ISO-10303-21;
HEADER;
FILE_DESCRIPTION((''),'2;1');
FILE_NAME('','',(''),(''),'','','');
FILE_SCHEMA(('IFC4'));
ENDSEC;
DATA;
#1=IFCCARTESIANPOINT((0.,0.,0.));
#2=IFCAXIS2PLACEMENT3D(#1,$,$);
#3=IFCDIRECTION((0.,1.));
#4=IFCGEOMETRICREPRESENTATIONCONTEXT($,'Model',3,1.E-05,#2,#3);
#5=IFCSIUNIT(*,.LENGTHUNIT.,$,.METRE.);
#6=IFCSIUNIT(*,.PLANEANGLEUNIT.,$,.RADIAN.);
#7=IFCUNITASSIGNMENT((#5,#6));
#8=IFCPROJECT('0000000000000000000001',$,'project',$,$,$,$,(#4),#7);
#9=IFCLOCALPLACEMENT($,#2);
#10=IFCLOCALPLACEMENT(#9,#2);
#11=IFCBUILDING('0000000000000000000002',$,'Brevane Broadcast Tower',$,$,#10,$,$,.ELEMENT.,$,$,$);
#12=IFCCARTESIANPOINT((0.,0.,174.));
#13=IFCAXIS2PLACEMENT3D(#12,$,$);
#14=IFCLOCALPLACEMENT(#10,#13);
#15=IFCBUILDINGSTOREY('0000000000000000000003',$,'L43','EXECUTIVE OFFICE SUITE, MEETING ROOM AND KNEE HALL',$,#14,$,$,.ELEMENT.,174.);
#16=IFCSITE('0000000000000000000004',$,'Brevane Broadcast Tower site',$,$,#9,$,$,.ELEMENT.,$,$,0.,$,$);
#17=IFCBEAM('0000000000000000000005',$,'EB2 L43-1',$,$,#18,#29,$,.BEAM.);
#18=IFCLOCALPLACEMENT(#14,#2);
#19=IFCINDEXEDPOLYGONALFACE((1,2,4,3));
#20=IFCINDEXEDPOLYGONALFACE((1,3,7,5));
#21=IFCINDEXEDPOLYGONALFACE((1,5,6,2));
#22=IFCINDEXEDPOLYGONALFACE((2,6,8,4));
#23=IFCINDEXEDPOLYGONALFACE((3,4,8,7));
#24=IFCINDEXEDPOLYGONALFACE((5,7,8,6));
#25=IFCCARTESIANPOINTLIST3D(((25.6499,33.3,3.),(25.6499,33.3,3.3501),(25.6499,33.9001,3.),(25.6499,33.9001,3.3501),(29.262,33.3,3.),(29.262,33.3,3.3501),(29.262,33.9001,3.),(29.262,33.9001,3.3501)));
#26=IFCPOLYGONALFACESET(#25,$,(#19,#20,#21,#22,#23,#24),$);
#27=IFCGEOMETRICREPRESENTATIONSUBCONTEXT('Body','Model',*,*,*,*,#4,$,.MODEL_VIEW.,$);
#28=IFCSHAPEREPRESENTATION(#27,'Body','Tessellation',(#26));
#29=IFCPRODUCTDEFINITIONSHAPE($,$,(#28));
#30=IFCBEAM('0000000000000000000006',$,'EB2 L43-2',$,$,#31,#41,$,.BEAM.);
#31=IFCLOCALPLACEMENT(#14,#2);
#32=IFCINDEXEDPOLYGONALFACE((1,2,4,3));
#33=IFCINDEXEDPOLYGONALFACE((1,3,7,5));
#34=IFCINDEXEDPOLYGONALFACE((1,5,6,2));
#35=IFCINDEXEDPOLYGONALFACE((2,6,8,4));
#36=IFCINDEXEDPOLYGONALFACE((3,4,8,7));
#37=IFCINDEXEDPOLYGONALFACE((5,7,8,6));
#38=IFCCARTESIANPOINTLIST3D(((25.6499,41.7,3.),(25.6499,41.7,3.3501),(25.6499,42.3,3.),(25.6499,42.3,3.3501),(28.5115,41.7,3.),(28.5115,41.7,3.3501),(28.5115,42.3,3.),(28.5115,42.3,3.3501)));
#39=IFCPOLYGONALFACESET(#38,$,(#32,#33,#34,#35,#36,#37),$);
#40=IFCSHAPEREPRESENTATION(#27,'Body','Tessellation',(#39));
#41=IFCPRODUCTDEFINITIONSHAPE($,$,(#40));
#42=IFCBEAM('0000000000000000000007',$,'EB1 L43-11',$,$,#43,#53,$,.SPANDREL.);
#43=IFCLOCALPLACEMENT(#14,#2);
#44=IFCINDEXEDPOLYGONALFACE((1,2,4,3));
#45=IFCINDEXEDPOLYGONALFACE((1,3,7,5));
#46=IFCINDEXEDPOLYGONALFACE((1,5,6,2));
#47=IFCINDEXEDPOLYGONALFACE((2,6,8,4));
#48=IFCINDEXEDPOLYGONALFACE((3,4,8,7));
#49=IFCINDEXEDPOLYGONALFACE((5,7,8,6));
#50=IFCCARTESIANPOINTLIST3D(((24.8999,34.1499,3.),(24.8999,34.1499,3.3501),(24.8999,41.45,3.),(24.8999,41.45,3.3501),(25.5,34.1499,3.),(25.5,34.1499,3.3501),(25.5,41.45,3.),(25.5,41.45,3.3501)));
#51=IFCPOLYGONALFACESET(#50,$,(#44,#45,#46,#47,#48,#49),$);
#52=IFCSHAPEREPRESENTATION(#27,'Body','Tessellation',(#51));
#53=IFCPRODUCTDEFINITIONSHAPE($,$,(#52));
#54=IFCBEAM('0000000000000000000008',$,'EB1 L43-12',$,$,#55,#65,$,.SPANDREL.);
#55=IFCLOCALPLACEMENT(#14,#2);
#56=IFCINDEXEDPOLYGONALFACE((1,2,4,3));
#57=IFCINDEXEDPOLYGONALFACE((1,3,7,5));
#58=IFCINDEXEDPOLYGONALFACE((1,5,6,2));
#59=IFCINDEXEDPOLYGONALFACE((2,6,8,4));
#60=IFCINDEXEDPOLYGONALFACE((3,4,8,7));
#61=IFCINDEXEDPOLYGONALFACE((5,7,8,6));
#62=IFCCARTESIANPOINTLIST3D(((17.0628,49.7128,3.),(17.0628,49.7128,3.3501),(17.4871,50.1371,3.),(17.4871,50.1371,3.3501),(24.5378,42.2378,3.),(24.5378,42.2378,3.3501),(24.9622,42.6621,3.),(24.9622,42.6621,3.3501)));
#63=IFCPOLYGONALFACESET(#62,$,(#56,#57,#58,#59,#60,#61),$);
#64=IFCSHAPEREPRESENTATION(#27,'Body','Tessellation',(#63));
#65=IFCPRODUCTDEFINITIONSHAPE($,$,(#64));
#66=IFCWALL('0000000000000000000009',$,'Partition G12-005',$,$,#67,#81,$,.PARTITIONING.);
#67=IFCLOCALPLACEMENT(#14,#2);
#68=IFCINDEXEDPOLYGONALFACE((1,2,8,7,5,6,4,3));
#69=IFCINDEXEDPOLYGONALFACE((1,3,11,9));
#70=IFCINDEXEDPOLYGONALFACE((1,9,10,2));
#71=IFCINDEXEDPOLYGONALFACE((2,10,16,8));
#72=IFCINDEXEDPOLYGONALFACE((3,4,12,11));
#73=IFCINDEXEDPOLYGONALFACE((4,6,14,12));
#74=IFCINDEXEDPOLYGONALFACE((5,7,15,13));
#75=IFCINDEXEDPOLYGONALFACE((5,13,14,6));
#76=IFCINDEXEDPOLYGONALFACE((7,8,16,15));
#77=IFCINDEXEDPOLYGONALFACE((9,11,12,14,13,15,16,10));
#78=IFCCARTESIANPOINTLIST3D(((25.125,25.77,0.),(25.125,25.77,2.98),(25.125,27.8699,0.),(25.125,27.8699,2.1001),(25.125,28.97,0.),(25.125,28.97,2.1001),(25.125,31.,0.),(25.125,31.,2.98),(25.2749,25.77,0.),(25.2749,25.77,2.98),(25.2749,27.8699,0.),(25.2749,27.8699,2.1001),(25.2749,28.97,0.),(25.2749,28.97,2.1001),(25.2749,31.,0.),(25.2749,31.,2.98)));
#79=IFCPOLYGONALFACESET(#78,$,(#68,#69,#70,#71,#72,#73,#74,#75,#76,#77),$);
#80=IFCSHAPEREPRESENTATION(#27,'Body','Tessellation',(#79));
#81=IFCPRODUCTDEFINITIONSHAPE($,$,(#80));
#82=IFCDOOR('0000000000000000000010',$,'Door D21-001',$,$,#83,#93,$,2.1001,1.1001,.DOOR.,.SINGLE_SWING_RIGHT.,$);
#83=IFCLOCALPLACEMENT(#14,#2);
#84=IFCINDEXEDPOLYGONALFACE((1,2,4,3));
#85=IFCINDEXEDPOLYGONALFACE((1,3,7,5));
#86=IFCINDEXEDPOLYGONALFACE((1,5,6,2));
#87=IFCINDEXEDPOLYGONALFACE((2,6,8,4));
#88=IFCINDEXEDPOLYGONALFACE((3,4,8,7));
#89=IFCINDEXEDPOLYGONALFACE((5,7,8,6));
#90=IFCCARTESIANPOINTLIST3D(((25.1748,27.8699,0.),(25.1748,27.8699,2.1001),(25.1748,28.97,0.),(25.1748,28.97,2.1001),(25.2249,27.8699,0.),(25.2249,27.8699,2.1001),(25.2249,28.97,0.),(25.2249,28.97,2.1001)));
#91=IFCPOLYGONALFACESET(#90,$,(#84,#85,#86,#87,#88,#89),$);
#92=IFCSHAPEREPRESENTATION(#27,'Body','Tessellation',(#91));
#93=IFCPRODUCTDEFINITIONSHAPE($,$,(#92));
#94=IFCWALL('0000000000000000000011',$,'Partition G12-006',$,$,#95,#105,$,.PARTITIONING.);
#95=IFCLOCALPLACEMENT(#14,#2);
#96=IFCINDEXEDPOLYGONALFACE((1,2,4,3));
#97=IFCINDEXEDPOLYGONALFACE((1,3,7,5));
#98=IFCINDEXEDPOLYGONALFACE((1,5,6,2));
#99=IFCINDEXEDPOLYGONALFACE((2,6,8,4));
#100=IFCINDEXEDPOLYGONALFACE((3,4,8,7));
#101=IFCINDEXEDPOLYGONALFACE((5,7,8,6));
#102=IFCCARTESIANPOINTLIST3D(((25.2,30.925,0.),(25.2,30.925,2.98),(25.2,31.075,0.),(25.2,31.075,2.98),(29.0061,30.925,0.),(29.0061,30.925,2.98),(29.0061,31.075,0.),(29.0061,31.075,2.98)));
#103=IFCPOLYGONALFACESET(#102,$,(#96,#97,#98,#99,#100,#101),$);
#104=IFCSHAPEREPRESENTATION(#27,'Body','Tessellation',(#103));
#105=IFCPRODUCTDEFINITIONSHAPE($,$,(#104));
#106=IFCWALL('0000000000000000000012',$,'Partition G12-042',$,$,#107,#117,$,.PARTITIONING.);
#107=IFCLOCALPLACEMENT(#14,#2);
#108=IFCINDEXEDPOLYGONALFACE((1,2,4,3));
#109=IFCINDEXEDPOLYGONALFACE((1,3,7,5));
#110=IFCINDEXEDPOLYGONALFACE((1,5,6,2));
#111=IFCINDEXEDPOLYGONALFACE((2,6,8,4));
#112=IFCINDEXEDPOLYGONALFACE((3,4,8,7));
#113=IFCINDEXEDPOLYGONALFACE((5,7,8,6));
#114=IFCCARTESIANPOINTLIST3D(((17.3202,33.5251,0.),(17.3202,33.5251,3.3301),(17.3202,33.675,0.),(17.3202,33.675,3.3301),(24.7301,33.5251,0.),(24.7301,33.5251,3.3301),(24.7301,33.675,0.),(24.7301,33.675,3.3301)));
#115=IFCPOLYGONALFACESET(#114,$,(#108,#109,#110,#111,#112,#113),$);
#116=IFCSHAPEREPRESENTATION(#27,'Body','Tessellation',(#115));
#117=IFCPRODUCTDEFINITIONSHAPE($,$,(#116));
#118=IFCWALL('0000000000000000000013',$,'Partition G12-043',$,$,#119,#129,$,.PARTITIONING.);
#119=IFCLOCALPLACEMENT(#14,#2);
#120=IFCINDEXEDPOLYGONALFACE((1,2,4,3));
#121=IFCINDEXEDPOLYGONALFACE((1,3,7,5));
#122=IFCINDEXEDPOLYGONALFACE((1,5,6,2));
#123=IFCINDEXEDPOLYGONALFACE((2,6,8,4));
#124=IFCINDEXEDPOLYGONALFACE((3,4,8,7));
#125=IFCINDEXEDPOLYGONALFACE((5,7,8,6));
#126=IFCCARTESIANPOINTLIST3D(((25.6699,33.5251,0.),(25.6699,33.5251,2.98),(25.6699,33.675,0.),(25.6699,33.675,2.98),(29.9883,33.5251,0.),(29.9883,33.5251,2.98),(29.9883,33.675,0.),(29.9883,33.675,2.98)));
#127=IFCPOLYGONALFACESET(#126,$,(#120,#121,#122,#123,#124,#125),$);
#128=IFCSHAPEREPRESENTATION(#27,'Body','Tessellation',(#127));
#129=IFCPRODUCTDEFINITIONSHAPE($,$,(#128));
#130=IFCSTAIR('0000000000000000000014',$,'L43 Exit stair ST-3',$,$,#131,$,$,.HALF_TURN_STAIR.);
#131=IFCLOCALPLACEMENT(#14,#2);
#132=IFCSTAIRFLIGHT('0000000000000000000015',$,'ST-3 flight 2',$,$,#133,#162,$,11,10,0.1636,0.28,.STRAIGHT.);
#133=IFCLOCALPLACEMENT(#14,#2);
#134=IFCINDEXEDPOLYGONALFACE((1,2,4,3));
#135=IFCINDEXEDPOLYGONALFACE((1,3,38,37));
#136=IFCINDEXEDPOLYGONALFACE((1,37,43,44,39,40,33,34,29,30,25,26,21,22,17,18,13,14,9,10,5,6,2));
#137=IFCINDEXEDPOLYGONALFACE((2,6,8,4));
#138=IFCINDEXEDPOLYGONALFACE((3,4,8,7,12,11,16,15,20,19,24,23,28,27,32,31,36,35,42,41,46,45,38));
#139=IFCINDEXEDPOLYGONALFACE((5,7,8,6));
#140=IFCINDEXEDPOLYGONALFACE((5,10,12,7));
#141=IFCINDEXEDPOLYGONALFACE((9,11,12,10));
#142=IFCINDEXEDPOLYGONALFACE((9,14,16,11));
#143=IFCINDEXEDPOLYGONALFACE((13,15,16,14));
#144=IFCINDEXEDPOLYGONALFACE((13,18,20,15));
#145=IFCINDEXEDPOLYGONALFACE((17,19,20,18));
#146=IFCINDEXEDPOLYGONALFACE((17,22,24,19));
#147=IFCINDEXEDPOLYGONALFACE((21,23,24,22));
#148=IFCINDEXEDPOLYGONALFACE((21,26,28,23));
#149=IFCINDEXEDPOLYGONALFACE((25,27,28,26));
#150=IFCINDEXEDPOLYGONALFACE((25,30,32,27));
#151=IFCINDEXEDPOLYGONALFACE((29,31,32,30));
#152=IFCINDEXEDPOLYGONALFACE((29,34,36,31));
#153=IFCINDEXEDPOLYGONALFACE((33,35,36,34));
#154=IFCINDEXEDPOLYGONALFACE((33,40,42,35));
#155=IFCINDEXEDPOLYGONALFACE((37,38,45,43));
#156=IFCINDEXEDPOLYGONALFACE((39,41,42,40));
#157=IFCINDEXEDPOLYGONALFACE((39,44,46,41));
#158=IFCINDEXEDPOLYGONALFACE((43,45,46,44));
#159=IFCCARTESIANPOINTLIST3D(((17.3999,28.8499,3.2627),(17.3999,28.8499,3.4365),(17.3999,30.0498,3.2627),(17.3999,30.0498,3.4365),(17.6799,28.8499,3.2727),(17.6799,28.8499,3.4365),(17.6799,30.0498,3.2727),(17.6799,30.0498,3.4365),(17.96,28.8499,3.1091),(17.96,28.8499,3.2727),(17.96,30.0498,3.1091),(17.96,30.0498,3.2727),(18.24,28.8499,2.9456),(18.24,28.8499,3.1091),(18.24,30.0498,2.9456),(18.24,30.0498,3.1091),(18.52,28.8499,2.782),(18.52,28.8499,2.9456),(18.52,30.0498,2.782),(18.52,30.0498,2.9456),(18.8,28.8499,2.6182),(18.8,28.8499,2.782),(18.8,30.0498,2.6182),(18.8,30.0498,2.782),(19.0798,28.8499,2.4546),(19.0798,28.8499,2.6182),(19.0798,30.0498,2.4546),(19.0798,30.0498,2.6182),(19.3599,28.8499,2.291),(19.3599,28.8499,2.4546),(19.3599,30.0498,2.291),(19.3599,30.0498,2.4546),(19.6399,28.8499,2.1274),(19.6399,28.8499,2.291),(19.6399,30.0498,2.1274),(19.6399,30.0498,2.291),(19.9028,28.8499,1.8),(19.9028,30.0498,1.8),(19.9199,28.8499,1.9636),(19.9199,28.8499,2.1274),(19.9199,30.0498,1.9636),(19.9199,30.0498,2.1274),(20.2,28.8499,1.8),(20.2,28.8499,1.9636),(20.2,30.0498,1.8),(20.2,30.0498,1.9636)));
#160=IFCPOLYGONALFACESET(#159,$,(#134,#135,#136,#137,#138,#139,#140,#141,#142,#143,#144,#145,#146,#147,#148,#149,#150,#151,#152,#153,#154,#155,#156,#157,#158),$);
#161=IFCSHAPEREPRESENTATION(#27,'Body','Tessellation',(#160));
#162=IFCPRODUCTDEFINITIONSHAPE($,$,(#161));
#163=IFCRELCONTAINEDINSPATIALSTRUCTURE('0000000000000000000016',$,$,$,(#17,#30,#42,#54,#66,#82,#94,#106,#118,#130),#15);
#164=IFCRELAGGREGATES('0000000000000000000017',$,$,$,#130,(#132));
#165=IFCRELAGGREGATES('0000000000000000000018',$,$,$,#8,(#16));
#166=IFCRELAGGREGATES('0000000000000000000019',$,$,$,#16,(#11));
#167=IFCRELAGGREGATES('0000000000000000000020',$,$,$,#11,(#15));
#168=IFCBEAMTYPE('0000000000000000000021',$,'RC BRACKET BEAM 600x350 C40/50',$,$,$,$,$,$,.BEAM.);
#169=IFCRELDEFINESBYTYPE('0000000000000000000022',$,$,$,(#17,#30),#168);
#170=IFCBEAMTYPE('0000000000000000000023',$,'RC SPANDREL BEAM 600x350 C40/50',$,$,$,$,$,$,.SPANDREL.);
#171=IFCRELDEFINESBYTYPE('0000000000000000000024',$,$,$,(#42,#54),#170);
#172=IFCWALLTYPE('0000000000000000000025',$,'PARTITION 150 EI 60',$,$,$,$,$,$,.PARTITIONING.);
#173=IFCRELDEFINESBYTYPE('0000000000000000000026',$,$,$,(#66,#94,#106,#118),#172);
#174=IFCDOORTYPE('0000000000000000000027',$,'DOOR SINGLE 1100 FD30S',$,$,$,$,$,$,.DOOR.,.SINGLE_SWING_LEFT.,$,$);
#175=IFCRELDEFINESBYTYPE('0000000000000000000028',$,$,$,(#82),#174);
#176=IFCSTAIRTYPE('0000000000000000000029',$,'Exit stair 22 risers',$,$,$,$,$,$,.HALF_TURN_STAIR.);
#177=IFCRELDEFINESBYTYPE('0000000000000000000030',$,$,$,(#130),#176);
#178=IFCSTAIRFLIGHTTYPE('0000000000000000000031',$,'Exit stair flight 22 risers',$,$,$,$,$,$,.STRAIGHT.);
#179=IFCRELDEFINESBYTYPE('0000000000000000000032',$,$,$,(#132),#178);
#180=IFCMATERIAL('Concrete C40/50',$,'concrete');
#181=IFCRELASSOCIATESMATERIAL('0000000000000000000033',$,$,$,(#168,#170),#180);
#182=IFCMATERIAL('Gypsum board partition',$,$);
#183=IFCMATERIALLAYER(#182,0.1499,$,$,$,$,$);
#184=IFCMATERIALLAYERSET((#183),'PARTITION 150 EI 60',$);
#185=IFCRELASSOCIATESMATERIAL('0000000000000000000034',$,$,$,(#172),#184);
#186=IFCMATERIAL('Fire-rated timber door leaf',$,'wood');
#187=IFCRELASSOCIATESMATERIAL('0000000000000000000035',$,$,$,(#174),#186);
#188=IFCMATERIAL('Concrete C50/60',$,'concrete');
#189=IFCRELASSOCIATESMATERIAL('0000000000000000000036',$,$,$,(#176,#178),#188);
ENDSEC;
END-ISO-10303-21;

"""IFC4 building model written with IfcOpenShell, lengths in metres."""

from ifc_helpers import new_model, si_unit, direction, frame, frame_2d, origin, origin_2d, place, context, subcontext, project, spatial, polyline, rectangle, outline, extrude, material, layer, layer_set, material_profile, profile_set, type_object, element, fill, aggregate, save


model = new_model("IFC4")

# Units and contexts
model_context = context("Model", 3, precision=1e-05, world=origin(), true_north=direction((0.0, 1.0)))
body_context = subcontext(model_context, "Body", "Model", "MODEL_VIEW")
ifc_project = project(units=[si_unit("LENGTHUNIT", "METRE"), si_unit("PLANEANGLEUNIT", "RADIAN")], contexts=[model_context])

# Site, building, storey
site_placement = place(None, origin())
site = spatial("IfcSite", under=ifc_project, at=site_placement, Name="Brevane Broadcast Tower site", CompositionType="ELEMENT", RefElevation=0.0)
building_placement = place(site_placement, origin())
building = spatial("IfcBuilding", under=site, at=building_placement, Name="Brevane Broadcast Tower", CompositionType="ELEMENT")
storey_placement = place(building_placement, frame((0.0, 0.0, 174.0)))
storey = spatial("IfcBuildingStorey", under=building, at=storey_placement, Name="L43", Description="EXECUTIVE OFFICE SUITE, MEETING ROOM AND KNEE HALL", CompositionType="ELEMENT", Elevation=174.0)

# Beams
ifc_material_1 = material(Name="Concrete C40/50", Category="concrete")
ifc_material_profile_1 = material_profile(ifc_material_1, rectangle(XDim=0.6001, YDim=0.3501, at=origin_2d()), Name="RC 600x350")
ifc_profile_set_1 = profile_set([ifc_material_profile_1], Name="Concrete C40/50")
beam_type_1 = type_object("IfcBeamType", Name="RC BRACKET BEAM 600x350 C40/50", PredefinedType="BEAM", material=ifc_profile_set_1)
beam_1_placement = place(storey_placement, frame((25.6499, 33.6001, 3.175), z_axis=(1.0, 0.0, 0.0), x_axis=(0.0, 1.0, 0.0)))
element("IfcBeam", 1, at=beam_1_placement, inside=storey, type_object=beam_type_1, Name="EB2 L43-1", PredefinedType="BEAM", context=body_context, shape_type="SweptSolid", body=[
    extrude(rectangle(XDim=0.6001, YDim=0.3501, at=origin_2d()), origin(), (0.0, 0.0, 1.0), 3.6121),
])
beam_2_placement = place(storey_placement, frame((25.6499, 42.0, 3.175), z_axis=(1.0, 0.0, 0.0), x_axis=(0.0, 1.0, 0.0)))
element("IfcBeam", 2, at=beam_2_placement, inside=storey, type_object=beam_type_1, Name="EB2 L43-2", PredefinedType="BEAM", context=body_context, shape_type="SweptSolid", body=[
    extrude(rectangle(XDim=0.6001, YDim=0.3501, at=origin_2d()), origin(), (0.0, 0.0, 1.0), 2.8616),
])
ifc_material_profile_2 = material_profile(ifc_material_1, rectangle(XDim=0.6001, YDim=0.3501, at=origin_2d()), Name="RC 600x350")
ifc_profile_set_2 = profile_set([ifc_material_profile_2], Name="Concrete C40/50")
beam_type_2 = type_object("IfcBeamType", Name="RC SPANDREL BEAM 600x350 C40/50", PredefinedType="SPANDREL", material=ifc_profile_set_2)
beam_3_placement = place(storey_placement, frame((25.2, 34.1499, 3.175), z_axis=(0.0, 1.0, 0.0), x_axis=(-1.0, 0.0, 0.0)))
element("IfcBeam", 3, at=beam_3_placement, inside=storey, type_object=beam_type_2, Name="EB1 L43-11", PredefinedType="SPANDREL", context=body_context, shape_type="SweptSolid", body=[
    extrude(rectangle(XDim=0.6001, YDim=0.3501, at=origin_2d()), origin(), (0.0, 0.0, 1.0), 7.3),
])
beam_4_placement = place(storey_placement, frame((24.75, 42.45, 3.175), z_axis=(-0.707107, 0.707107, 0.0), x_axis=(-0.707107, -0.707107, 0.0)))
element("IfcBeam", 4, at=beam_4_placement, inside=storey, type_object=beam_type_2, Name="EB1 L43-12", PredefinedType="SPANDREL", context=body_context, shape_type="SweptSolid", body=[
    extrude(rectangle(XDim=0.6001, YDim=0.3501, at=origin_2d()), origin(), (0.0, 0.0, 1.0), 10.5713),
])

# Wall, opening, door
ifc_material_2 = material(Name="Gypsum board partition")
ifc_layer = layer(ifc_material_2, 0.1499)
ifc_layer_set = layer_set([ifc_layer], Name="PARTITION 150 EI 60")
wall_type = type_object("IfcWallType", Name="PARTITION 150 EI 60", PredefinedType="PARTITIONING", material=ifc_layer_set)
wall_1_placement = place(storey_placement, frame((25.2, 31.0, 0.0), z_axis=(0.0, 0.0, 1.0), x_axis=(0.0, -1.0, 0.0)))
wall_1 = element("IfcWall", 5, at=wall_1_placement, inside=storey, type_object=wall_type, Name="Partition G12-005", PredefinedType="PARTITIONING", context=body_context, shape_type="SweptSolid", body=[
    extrude(outline(polyline([(0.0, 0.0), (5.23, 0.0), (5.23, 2.98), (0.0, 2.98), (0.0, 0.0)])), frame((0.0, 0.075, 0.0), z_axis=(0.0, -1.0, 0.0), x_axis=(1.0, 0.0, 0.0)), (0.0, 0.0, 1.0), 0.1499),
])
opening_placement = place(wall_1_placement, frame((2.03, 0.0, 0.0)))
opening = element("IfcOpeningElement", 6, at=opening_placement, cuts=wall_1, PredefinedType="OPENING", context=body_context, shape_type="SweptSolid", body=[
    extrude(rectangle(XDim=1.1001, YDim=2.1001, at=frame_2d((0.55, 1.05))), frame((0.0, 0.085, 0.0), z_axis=(0.0, -1.0, 0.0), x_axis=(1.0, 0.0, 0.0)), (0.0, 0.0, 1.0), 0.1699),
])
ifc_material_3 = material(Name="Fire-rated timber door leaf", Category="wood")
door_type = type_object("IfcDoorType", Name="DOOR SINGLE 1100 FD30S", OperationType="SINGLE_SWING_LEFT", PredefinedType="DOOR", material=ifc_material_3)
door_placement = place(opening_placement, origin())
door = element("IfcDoor", 7, at=door_placement, inside=storey, type_object=door_type, Name="Door D21-001", OperationType="SINGLE_SWING_RIGHT", OverallHeight=2.1001, OverallWidth=1.1001, PredefinedType="DOOR", context=body_context, shape_type="SweptSolid", body=[
    extrude(rectangle(XDim=1.1001, YDim=2.1001, at=frame_2d((0.55, 1.05))), frame((0.0, 0.0249, 0.0), z_axis=(0.0, -1.0, 0.0), x_axis=(1.0, 0.0, 0.0)), (0.0, 0.0, 1.0), 0.05),
])
fill(opening, door)

# Walls
wall_2_placement = place(storey_placement, frame((25.2, 31.0, 0.0), z_axis=(0.0, 0.0, 1.0), x_axis=(1.0, 0.0, 0.0)))
element("IfcWall", 8, at=wall_2_placement, inside=storey, type_object=wall_type, Name="Partition G12-006", PredefinedType="PARTITIONING", context=body_context, shape_type="SweptSolid", body=[
    extrude(rectangle(XDim=3.8062, YDim=0.1499, at=frame_2d((1.9031, 0.0))), origin(), (0.0, 0.0, 1.0), 2.98),
])
wall_3_placement = place(storey_placement, frame((17.3201, 33.6001, 0.0), z_axis=(0.0, 0.0, 1.0), x_axis=(1.0, 0.0, 0.0)))
element("IfcWall", 9, at=wall_3_placement, inside=storey, type_object=wall_type, Name="Partition G12-042", PredefinedType="PARTITIONING", context=body_context, shape_type="SweptSolid", body=[
    extrude(rectangle(XDim=7.4099, YDim=0.1499, at=frame_2d((3.7051, 0.0))), origin(), (0.0, 0.0, 1.0), 3.3301),
])
wall_4_placement = place(storey_placement, frame((25.6699, 33.6001, 0.0), z_axis=(0.0, 0.0, 1.0), x_axis=(1.0, 0.0, 0.0)))
element("IfcWall", 10, at=wall_4_placement, inside=storey, type_object=wall_type, Name="Partition G12-043", PredefinedType="PARTITIONING", context=body_context, shape_type="SweptSolid", body=[
    extrude(rectangle(XDim=4.3184, YDim=0.1499, at=frame_2d((2.1592, 0.0))), origin(), (0.0, 0.0, 1.0), 2.98),
])

# Stair, stair flight
ifc_material_4 = material(Name="Concrete C50/60", Category="concrete")
stair_type = type_object("IfcStairType", Name="Exit stair 22 risers", PredefinedType="HALF_TURN_STAIR", material=ifc_material_4)
stair_placement = place(storey_placement, origin())
stair = element("IfcStair", 11, at=stair_placement, inside=storey, type_object=stair_type, Name="L43 Exit stair ST-3", PredefinedType="HALF_TURN_STAIR")
stair_flight_type = type_object("IfcStairFlightType", Name="Exit stair flight 22 risers", PredefinedType="STRAIGHT", material=ifc_material_4)
stair_flight_placement = place(storey_placement, frame((20.2, 29.45, 1.8), z_axis=(0.0, 0.0, 1.0), x_axis=(-1.0, 0.0, 0.0)))
stair_flight = element("IfcStairFlight", 12, at=stair_flight_placement, type_object=stair_flight_type, Name="ST-3 flight 2", NumberOfRisers=11, NumberOfTreads=10, PredefinedType="STRAIGHT", RiserHeight=0.1636, TreadLength=0.28, context=body_context, shape_type="SweptSolid", body=[
    extrude(outline(polyline([(0.0, 0.0), (0.0, 0.1636), (0.28, 0.1636), (0.28, 0.3274), (0.5601, 0.3274), (0.5601, 0.491), (0.8401, 0.491), (0.8401, 0.6545), (1.1201, 0.6545), (1.1201, 0.8181), (1.3999, 0.8181), (1.3999, 0.9819), (1.6799, 0.9819), (1.6799, 1.1455), (1.96, 1.1455), (1.96, 1.3091), (2.24, 1.3091), (2.24, 1.4727), (2.52, 1.4727), (2.52, 1.6365), (2.8, 1.6365), (2.8, 1.8), (2.8, 1.4626), (0.2971, 0.0), (0.0, 0.0)])), frame((0.0, 0.6001, 0.0), z_axis=(0.0, -1.0, 0.0), x_axis=(1.0, 0.0, 0.0)), (0.0, 0.0, 1.0), 1.2),
])
aggregate(stair, [stair_flight])

save(model, "model.ifc")
